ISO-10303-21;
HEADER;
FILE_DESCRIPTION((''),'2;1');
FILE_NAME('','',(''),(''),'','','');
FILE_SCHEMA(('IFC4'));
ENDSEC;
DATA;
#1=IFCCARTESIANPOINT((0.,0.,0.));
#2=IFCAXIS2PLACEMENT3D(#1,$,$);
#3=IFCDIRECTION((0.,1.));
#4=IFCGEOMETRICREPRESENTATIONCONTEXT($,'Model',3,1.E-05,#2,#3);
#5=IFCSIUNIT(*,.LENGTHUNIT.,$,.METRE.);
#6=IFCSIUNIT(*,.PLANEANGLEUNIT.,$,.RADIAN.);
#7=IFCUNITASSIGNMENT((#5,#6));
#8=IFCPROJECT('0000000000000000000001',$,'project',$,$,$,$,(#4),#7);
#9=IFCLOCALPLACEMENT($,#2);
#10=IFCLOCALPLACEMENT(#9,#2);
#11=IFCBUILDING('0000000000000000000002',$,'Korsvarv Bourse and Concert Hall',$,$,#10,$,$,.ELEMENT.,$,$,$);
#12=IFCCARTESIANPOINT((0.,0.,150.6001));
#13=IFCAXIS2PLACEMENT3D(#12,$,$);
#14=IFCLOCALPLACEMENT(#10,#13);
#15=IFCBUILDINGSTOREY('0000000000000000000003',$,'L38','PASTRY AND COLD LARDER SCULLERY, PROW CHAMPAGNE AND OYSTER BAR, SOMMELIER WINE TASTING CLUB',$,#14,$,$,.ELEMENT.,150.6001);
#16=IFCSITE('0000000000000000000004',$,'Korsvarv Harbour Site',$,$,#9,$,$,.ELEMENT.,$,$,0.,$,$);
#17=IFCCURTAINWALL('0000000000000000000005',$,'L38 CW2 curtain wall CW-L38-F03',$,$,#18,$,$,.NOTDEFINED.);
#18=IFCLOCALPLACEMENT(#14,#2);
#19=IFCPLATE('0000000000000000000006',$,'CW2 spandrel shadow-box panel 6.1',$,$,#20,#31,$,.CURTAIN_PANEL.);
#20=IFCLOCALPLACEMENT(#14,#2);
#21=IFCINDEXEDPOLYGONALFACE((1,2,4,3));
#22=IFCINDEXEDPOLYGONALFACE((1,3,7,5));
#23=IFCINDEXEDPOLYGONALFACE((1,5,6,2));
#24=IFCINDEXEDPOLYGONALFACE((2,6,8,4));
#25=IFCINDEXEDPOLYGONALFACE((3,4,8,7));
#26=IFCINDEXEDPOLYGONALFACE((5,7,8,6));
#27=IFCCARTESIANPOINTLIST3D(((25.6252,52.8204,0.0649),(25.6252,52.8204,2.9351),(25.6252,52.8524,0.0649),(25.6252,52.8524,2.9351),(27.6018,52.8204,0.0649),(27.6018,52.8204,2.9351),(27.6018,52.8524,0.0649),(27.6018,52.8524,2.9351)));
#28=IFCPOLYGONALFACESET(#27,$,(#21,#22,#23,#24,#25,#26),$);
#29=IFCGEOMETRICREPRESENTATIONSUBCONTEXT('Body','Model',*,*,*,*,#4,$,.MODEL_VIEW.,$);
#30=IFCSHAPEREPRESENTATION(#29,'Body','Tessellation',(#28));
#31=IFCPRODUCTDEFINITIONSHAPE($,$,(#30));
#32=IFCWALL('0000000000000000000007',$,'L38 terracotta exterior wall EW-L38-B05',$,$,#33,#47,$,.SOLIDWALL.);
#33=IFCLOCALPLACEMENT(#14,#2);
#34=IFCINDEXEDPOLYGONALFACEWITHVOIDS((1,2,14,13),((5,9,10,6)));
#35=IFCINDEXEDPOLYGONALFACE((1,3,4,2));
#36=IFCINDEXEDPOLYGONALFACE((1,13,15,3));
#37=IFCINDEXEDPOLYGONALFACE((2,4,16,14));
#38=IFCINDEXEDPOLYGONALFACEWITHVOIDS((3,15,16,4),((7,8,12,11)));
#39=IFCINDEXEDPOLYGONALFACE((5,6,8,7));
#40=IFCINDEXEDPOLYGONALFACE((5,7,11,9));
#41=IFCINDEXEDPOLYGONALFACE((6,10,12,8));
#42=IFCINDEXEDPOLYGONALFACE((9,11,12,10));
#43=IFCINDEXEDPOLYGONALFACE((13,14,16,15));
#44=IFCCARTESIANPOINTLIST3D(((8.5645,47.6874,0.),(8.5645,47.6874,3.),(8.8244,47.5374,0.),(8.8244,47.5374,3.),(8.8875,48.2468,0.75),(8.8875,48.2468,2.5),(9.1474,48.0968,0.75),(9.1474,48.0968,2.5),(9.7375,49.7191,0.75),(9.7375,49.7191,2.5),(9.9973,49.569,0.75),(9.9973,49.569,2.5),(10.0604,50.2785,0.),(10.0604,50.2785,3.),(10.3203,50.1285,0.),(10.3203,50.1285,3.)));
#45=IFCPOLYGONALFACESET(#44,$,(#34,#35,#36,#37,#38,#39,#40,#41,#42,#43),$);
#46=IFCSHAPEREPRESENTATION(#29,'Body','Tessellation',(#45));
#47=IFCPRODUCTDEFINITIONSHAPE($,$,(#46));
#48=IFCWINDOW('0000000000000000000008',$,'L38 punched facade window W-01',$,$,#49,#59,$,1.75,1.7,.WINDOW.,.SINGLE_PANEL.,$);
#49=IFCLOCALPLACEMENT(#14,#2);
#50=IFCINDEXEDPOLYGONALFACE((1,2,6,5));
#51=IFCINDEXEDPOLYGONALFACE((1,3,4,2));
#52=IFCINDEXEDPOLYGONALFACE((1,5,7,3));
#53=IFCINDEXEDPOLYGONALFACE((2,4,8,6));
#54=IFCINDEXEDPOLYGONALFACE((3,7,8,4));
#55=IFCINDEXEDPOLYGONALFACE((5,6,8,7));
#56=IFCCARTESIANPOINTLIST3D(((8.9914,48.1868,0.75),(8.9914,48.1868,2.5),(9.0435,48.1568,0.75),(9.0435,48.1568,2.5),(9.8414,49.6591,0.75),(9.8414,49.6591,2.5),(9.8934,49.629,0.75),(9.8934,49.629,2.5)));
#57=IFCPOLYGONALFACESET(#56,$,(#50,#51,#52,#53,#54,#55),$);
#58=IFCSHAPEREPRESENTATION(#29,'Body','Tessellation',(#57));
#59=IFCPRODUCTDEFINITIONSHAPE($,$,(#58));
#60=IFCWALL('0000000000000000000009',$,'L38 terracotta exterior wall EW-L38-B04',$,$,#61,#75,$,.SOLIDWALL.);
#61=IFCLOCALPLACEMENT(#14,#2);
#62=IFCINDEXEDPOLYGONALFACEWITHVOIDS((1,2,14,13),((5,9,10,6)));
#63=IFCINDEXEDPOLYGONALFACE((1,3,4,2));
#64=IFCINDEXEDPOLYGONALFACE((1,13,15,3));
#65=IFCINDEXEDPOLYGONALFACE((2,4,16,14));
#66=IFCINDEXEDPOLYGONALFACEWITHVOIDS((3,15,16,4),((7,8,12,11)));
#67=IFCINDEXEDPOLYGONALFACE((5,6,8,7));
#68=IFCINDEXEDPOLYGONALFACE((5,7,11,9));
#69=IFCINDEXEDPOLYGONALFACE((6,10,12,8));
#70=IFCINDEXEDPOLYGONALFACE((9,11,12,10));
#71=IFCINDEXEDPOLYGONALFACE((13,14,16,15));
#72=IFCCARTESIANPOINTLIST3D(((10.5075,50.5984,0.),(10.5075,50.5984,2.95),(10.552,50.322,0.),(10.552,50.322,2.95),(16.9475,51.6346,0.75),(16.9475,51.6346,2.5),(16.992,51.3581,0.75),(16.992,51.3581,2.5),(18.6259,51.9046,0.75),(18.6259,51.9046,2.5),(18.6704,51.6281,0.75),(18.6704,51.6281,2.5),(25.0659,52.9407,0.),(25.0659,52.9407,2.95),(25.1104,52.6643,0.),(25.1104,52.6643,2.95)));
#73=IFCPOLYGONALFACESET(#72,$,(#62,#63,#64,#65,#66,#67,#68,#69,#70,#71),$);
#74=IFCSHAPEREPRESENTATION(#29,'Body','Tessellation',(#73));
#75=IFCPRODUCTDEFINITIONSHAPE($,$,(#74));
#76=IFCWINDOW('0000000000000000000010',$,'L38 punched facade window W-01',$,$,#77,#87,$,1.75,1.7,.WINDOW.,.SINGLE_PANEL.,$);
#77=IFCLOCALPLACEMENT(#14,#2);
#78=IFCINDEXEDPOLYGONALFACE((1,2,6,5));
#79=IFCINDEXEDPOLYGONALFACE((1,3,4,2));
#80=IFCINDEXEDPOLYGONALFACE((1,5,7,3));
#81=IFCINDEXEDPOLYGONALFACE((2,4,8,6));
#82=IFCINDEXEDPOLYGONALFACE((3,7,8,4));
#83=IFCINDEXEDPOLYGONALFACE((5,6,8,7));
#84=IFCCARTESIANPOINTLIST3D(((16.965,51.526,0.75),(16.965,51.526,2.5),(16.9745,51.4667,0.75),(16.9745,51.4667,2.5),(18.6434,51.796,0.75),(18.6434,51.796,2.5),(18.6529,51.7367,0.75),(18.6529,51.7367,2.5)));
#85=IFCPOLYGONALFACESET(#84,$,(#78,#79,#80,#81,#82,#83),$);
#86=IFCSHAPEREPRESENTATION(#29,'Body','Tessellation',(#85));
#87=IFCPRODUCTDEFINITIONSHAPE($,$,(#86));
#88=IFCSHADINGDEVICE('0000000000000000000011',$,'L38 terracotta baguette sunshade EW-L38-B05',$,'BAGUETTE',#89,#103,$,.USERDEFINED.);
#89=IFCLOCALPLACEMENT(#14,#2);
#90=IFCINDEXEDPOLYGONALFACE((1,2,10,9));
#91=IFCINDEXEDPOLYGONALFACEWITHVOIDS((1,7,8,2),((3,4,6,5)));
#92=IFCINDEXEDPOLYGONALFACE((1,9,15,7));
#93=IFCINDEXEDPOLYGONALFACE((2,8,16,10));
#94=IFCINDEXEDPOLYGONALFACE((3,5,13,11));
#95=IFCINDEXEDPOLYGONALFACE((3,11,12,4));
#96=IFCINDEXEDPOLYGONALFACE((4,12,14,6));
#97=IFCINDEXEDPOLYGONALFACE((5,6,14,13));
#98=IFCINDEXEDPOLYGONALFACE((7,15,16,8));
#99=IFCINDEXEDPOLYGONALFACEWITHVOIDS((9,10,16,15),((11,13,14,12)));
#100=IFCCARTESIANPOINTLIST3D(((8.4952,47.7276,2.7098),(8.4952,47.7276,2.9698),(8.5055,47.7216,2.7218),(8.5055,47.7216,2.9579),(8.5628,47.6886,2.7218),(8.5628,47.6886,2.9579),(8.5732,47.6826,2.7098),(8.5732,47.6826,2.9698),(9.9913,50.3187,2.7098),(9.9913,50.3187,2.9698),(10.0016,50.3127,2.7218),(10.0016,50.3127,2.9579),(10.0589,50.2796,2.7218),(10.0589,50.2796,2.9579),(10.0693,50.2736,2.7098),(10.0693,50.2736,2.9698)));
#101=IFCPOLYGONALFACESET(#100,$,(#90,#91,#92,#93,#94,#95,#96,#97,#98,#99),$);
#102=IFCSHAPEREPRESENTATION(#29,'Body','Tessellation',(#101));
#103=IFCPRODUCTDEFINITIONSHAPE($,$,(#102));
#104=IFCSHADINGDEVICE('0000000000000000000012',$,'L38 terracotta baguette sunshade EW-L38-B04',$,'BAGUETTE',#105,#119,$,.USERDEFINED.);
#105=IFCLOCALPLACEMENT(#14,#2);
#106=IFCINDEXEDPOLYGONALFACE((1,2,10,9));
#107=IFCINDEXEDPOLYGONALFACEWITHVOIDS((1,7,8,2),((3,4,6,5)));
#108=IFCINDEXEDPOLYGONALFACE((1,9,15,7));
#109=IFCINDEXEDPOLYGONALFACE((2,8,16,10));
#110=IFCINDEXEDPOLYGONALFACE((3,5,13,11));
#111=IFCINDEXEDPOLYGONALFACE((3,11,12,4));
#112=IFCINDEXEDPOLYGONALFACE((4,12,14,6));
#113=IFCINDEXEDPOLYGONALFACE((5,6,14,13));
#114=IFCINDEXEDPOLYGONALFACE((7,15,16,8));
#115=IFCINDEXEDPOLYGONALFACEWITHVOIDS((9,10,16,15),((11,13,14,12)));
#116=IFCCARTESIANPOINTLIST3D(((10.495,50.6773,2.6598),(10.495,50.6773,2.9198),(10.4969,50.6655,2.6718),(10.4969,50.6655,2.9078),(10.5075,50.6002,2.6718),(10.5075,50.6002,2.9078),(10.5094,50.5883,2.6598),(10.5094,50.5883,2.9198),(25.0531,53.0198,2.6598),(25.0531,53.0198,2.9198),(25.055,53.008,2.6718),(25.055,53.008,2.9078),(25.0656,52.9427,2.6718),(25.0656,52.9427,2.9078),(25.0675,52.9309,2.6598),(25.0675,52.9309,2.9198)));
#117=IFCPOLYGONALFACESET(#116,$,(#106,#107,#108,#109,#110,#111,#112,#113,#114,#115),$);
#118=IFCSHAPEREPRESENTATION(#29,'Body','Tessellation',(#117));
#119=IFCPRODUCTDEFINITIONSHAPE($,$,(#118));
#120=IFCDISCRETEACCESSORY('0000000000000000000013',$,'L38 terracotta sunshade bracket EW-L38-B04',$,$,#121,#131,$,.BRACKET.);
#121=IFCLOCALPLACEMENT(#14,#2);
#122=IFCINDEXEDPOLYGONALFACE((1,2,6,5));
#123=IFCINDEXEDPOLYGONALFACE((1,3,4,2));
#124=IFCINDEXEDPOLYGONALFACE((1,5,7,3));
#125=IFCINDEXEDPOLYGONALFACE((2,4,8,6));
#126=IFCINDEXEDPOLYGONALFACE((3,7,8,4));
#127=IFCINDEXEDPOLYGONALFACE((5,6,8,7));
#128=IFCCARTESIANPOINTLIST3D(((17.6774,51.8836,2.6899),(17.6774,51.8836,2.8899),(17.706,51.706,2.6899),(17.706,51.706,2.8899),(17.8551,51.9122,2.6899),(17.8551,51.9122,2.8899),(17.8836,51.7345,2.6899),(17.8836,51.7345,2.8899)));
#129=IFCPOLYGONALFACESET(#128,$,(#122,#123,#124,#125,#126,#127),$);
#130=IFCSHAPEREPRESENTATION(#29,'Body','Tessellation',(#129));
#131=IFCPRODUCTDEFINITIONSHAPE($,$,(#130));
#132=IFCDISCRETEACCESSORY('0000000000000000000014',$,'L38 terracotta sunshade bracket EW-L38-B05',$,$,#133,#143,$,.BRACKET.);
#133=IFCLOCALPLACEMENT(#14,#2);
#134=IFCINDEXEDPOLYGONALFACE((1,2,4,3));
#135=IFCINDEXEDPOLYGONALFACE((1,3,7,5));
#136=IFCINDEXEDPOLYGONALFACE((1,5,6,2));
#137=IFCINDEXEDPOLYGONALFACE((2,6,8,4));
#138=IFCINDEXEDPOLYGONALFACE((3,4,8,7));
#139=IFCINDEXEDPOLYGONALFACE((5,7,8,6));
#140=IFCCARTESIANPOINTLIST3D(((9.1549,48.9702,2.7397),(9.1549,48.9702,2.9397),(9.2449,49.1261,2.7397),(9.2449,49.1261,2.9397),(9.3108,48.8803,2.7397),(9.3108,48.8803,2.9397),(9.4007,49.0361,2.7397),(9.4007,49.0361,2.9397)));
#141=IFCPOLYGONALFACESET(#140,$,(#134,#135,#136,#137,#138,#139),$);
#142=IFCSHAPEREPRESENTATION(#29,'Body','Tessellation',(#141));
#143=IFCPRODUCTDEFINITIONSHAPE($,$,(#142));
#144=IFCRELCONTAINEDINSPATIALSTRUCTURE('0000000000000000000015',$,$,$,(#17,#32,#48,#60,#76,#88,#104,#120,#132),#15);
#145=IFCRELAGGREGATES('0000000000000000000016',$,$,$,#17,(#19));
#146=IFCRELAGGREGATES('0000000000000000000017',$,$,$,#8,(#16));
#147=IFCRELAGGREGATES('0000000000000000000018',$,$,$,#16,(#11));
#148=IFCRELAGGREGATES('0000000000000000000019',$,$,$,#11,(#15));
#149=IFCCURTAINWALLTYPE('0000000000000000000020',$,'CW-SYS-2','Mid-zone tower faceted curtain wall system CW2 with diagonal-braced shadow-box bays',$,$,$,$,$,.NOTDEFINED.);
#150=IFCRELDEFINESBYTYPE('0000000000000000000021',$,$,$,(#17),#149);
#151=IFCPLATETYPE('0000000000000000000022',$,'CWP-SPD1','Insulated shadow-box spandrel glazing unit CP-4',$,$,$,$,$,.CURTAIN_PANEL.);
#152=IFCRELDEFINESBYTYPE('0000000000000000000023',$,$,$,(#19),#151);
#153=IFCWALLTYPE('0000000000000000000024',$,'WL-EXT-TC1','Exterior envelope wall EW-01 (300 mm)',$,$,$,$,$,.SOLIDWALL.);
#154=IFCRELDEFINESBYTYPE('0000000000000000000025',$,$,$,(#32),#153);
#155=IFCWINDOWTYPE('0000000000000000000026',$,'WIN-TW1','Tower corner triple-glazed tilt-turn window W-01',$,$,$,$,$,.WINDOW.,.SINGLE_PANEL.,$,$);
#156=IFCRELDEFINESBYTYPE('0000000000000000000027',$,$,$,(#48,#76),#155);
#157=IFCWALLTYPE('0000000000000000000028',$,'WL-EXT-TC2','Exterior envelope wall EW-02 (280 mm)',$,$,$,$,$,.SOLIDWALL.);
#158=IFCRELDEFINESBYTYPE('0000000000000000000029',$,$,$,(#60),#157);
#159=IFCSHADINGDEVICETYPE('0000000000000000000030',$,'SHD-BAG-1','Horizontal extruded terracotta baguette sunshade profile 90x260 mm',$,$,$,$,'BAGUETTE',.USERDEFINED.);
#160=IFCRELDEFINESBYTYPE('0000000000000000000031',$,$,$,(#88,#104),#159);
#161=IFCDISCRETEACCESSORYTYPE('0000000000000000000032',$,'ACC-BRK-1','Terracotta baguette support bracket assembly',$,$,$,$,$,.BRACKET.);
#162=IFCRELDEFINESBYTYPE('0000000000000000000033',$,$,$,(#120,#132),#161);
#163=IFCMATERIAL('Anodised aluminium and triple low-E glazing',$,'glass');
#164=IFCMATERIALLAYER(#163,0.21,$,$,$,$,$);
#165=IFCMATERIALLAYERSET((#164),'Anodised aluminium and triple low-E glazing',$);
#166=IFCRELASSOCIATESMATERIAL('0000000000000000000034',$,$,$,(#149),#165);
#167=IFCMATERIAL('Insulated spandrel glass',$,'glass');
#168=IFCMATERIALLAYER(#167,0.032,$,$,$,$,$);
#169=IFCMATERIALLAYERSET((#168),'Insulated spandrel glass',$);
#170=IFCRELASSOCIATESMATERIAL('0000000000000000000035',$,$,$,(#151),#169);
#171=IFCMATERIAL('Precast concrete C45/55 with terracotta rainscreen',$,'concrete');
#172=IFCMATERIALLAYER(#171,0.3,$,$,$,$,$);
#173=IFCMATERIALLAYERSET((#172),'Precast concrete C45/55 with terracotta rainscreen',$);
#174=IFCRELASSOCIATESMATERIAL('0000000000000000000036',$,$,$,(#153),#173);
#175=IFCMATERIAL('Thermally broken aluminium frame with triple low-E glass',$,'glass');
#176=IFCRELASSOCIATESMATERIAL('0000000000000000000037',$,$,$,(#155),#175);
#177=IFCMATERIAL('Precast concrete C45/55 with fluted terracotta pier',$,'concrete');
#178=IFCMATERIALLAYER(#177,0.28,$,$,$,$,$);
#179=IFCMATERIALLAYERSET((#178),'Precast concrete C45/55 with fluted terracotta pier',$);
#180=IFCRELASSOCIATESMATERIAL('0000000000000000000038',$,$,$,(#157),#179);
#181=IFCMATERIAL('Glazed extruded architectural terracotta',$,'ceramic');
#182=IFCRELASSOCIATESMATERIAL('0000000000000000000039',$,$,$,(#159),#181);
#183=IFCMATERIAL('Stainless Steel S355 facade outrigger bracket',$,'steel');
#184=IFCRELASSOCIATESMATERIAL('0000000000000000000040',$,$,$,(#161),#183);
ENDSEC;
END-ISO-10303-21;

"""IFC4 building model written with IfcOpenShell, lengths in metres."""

from ifc_helpers import new_model, si_unit, direction, frame, frame_2d, origin, origin_2d, place, context, subcontext, project, spatial, rectangle, hollow_rectangle, extrude, source, transform, mapped, material, layer, layer_set, material_profile, profile_set, type_object, element, fill, aggregate, save


model = new_model("IFC4")

# Units and contexts
model_context = context("Model", 3, precision=1e-05, world=origin(), true_north=direction((0.0, 1.0)))
body_context = subcontext(model_context, "Body", "Model", "MODEL_VIEW")
ifc_project = project(units=[si_unit("LENGTHUNIT", "METRE"), si_unit("PLANEANGLEUNIT", "RADIAN")], contexts=[model_context])

# Site, building, storey
site_placement = place(None, origin())
site = spatial("IfcSite", under=ifc_project, at=site_placement, Name="Korsvarv Harbour Site", CompositionType="ELEMENT", RefElevation=0.0)
building_placement = place(site_placement, origin())
building = spatial("IfcBuilding", under=site, at=building_placement, Name="Korsvarv Bourse and Concert Hall", CompositionType="ELEMENT")
storey_placement = place(building_placement, frame((0.0, 0.0, 150.6001)))
storey = spatial("IfcBuildingStorey", under=building, at=storey_placement, Name="L38", Description="PASTRY AND COLD LARDER SCULLERY, PROW CHAMPAGNE AND OYSTER BAR, SOMMELIER WINE TASTING CLUB", CompositionType="ELEMENT", Elevation=150.6001)

# Curtain wall, plate
ifc_material_1 = material(Name="Anodised aluminium and triple low-E glazing", Category="glass")
ifc_layer_1 = layer(ifc_material_1, 0.21)
ifc_layer_set_1 = layer_set([ifc_layer_1], Name="Anodised aluminium and triple low-E glazing")
curtain_wall_type = type_object("IfcCurtainWallType", Name="CW-SYS-2", Description="Mid-zone tower faceted curtain wall system CW2 with diagonal-braced shadow-box bays", PredefinedType="NOTDEFINED", material=ifc_layer_set_1)
curtain_wall_placement = place(storey_placement, origin())
curtain_wall = element("IfcCurtainWall", 1, at=curtain_wall_placement, inside=storey, type_object=curtain_wall_type, Name="L38 CW2 curtain wall CW-L38-F03", PredefinedType="NOTDEFINED")
ifc_material_2 = material(Name="Insulated spandrel glass", Category="glass")
ifc_layer_2 = layer(ifc_material_2, 0.032)
ifc_layer_set_2 = layer_set([ifc_layer_2], Name="Insulated spandrel glass")
plate_type = type_object("IfcPlateType", Name="CWP-SPD1", Description="Insulated shadow-box spandrel glazing unit CP-4", PredefinedType="CURTAIN_PANEL", material=ifc_layer_set_2)
shared_shape_1 = source(origin(), body_context, "Body", "SweptSolid", [
    extrude(rectangle(XDim=1.9766, YDim=0.032, at=origin_2d()), origin(), (0.0, 0.0, 1.0), 2.8701),
])
plate_placement = place(storey_placement, frame((26.6135, 52.8364, 0.0649), z_axis=(0.0, 0.0, 1.0), x_axis=(-1.0, 0.0, 0.0)))
plate = element("IfcPlate", 2, at=plate_placement, type_object=plate_type, Name="CW2 spandrel shadow-box panel 6.1", PredefinedType="CURTAIN_PANEL", context=body_context, shape_type="MappedRepresentation", body=[
    mapped(shared_shape_1, transform((0.0, 0.0, 0.0), scale=1.0)),
])
aggregate(curtain_wall, [plate])

# Walls, openings, windows
ifc_material_3 = material(Name="Precast concrete C45/55 with terracotta rainscreen", Category="concrete")
ifc_layer_3 = layer(ifc_material_3, 0.3)
ifc_layer_set_3 = layer_set([ifc_layer_3], Name="Precast concrete C45/55 with terracotta rainscreen")
wall_type_1 = type_object("IfcWallType", Name="WL-EXT-TC1", Description="Exterior envelope wall EW-01 (300 mm)", PredefinedType="SOLIDWALL", material=ifc_layer_set_3)
wall_1_placement = place(storey_placement, frame((10.1904, 50.2036, 0.0), z_axis=(0.0, 0.0, 1.0), x_axis=(-0.499974, -0.86604, 0.0)))
wall_1 = element("IfcWall", 3, at=wall_1_placement, inside=storey, type_object=wall_type_1, Name="L38 terracotta exterior wall EW-L38-B05", PredefinedType="SOLIDWALL", context=body_context, shape_type="SweptSolid", body=[
    extrude(rectangle(XDim=2.9919, YDim=0.3, at=frame_2d((1.4961, 0.0))), origin(), (0.0, 0.0, 1.0), 3.0),
])
opening_1_placement = place(wall_1_placement, frame((0.646, 0.0, 0.75)))
opening_1 = element("IfcOpeningElement", 4, at=opening_1_placement, cuts=wall_1, PredefinedType="OPENING", context=body_context, shape_type="SweptSolid", body=[
    extrude(rectangle(XDim=1.7, YDim=1.75, at=frame_2d((0.8501, 0.875))), frame((0.0, 0.1602, 0.0), z_axis=(0.0, -1.0, 0.0), x_axis=(1.0, 0.0, 0.0)), (0.0, 0.0, 1.0), 0.3201),
])
ifc_material_4 = material(Name="Thermally broken aluminium frame with triple low-E glass", Category="glass")
window_type = type_object("IfcWindowType", Name="WIN-TW1", Description="Tower corner triple-glazed tilt-turn window W-01", PartitioningType="SINGLE_PANEL", PredefinedType="WINDOW", material=ifc_material_4)
window_1_placement = place(opening_1_placement, origin())
window_1 = element("IfcWindow", 5, at=window_1_placement, inside=storey, type_object=window_type, Name="L38 punched facade window W-01", OverallHeight=1.75, OverallWidth=1.7, PartitioningType="SINGLE_PANEL", PredefinedType="WINDOW", context=body_context, shape_type="SweptSolid", body=[
    extrude(rectangle(XDim=1.7, YDim=1.75, at=frame_2d((0.8501, 0.875))), frame((0.0, 0.03, 0.0), z_axis=(0.0, -1.0, 0.0), x_axis=(1.0, 0.0, 0.0)), (0.0, 0.0, 1.0), 0.0601),
])
fill(opening_1, window_1)
ifc_material_5 = material(Name="Precast concrete C45/55 with fluted terracotta pier", Category="concrete")
ifc_layer_4 = layer(ifc_material_5, 0.28)
ifc_layer_set_4 = layer_set([ifc_layer_4], Name="Precast concrete C45/55 with fluted terracotta pier")
wall_type_2 = type_object("IfcWallType", Name="WL-EXT-TC2", Description="Exterior envelope wall EW-02 (280 mm)", PredefinedType="SOLIDWALL", material=ifc_layer_set_4)
wall_2_placement = place(storey_placement, frame((25.0881, 52.8025, 0.0), z_axis=(0.0, 0.0, 1.0), x_axis=(-0.987303, -0.158847, 0.0)))
wall_2 = element("IfcWall", 6, at=wall_2_placement, inside=storey, type_object=wall_type_2, Name="L38 terracotta exterior wall EW-L38-B04", PredefinedType="SOLIDWALL", context=body_context, shape_type="SweptSolid", body=[
    extrude(rectangle(XDim=14.7456, YDim=0.28, at=frame_2d((7.3728, 0.0))), origin(), (0.0, 0.0, 1.0), 2.95),
])
opening_2_placement = place(wall_2_placement, frame((6.5227, 0.0, 0.75)))
opening_2 = element("IfcOpeningElement", 7, at=opening_2_placement, cuts=wall_2, PredefinedType="OPENING", context=body_context, shape_type="SweptSolid", body=[
    extrude(rectangle(XDim=1.7, YDim=1.75, at=frame_2d((0.8501, 0.875))), frame((0.0, 0.1499, 0.0), z_axis=(0.0, -1.0, 0.0), x_axis=(1.0, 0.0, 0.0)), (0.0, 0.0, 1.0), 0.3),
])
window_2_placement = place(opening_2_placement, origin())
window_2 = element("IfcWindow", 8, at=window_2_placement, inside=storey, type_object=window_type, Name="L38 punched facade window W-01", OverallHeight=1.75, OverallWidth=1.7, PartitioningType="SINGLE_PANEL", PredefinedType="WINDOW", context=body_context, shape_type="SweptSolid", body=[
    extrude(rectangle(XDim=1.7, YDim=1.75, at=frame_2d((0.8501, 0.875))), frame((0.0, 0.03, 0.0), z_axis=(0.0, -1.0, 0.0), x_axis=(1.0, 0.0, 0.0)), (0.0, 0.0, 1.0), 0.0601),
])
fill(opening_2, window_2)

# Shading devices
ifc_material_6 = material(Name="Glazed extruded architectural terracotta", Category="ceramic")
ifc_material_profile_1 = material_profile(ifc_material_6, hollow_rectangle(XDim=0.0901, YDim=0.26, WallThickness=0.012, at=origin_2d()), Name="TC-BAG 90x260")
ifc_profile_set_1 = profile_set([ifc_material_profile_1], Name="Glazed extruded architectural terracotta")
shading_device_type = type_object("IfcShadingDeviceType", Name="SHD-BAG-1", Description="Horizontal extruded terracotta baguette sunshade profile 90x260 mm", ElementType="BAGUETTE", PredefinedType="USERDEFINED", material=ifc_profile_set_1)
shared_shape_2 = source(origin(), body_context, "Body", "SweptSolid", [
    extrude(hollow_rectangle(XDim=0.0901, YDim=0.26, WallThickness=0.012, at=origin_2d()), origin(), (0.0, 0.0, 1.0), 2.9919),
])
shading_device_1_placement = place(storey_placement, frame((10.0303, 50.2961, 2.8398), z_axis=(-0.500036, -0.866005, 0.0), x_axis=(0.866005, -0.500036, 0.0)))
element("IfcShadingDevice", 9, at=shading_device_1_placement, inside=storey, type_object=shading_device_type, Name="L38 terracotta baguette sunshade EW-L38-B05", ObjectType="BAGUETTE", PredefinedType="USERDEFINED", context=body_context, shape_type="MappedRepresentation", body=[
    mapped(shared_shape_2, transform((0.0, 0.0, 0.0), scale=1.0)),
])
shared_shape_3 = source(origin(), body_context, "Body", "SweptSolid", [
    extrude(hollow_rectangle(XDim=0.0901, YDim=0.26, WallThickness=0.012, at=origin_2d()), origin(), (0.0, 0.0, 1.0), 14.7454),
])
shading_device_2_placement = place(storey_placement, frame((25.0603, 52.9753, 2.7898), z_axis=(-0.9873, -0.158865, 0.0), x_axis=(0.158865, -0.9873, 0.0)))
element("IfcShadingDevice", 10, at=shading_device_2_placement, inside=storey, type_object=shading_device_type, Name="L38 terracotta baguette sunshade EW-L38-B04", ObjectType="BAGUETTE", PredefinedType="USERDEFINED", context=body_context, shape_type="MappedRepresentation", body=[
    mapped(shared_shape_3, transform((0.0, 0.0, 0.0), scale=1.0)),
])

# Discrete accessories
ifc_material_7 = material(Name="Stainless Steel S355 facade outrigger bracket", Category="steel")
discrete_accessory_type = type_object("IfcDiscreteAccessoryType", Name="ACC-BRK-1", Description="Terracotta baguette support bracket assembly", PredefinedType="BRACKET", material=ifc_material_7)
shared_shape_4 = source(origin(), body_context, "Body", "SweptSolid", [
    extrude(rectangle(XDim=0.1799, YDim=0.1799, at=origin_2d()), origin(), (0.0, 0.0, 1.0), 0.2),
])
for number, where, z_axis, x_axis, name in (
    (11, (17.7805, 51.8091, 2.6899), (0.0, 0.0, 1.0), (-0.987303, -0.158847, 0.0), "L38 terracotta sunshade bracket EW-L38-B04"),
    (12, (9.2778, 49.0032, 2.7397), (0.0, 0.0, 1.0), (-0.5, -0.866025, 0.0), "L38 terracotta sunshade bracket EW-L38-B05"),
):
    element("IfcDiscreteAccessory", number, at=place(storey_placement, frame(where, z_axis=z_axis, x_axis=x_axis)), inside=storey, type_object=discrete_accessory_type, Name=name, PredefinedType="BRACKET", context=body_context, shape_type="MappedRepresentation", body=[
        mapped(shared_shape_4, transform((0.0, 0.0, 0.0), scale=1.0)),
    ])

save(model, "model.ifc")
